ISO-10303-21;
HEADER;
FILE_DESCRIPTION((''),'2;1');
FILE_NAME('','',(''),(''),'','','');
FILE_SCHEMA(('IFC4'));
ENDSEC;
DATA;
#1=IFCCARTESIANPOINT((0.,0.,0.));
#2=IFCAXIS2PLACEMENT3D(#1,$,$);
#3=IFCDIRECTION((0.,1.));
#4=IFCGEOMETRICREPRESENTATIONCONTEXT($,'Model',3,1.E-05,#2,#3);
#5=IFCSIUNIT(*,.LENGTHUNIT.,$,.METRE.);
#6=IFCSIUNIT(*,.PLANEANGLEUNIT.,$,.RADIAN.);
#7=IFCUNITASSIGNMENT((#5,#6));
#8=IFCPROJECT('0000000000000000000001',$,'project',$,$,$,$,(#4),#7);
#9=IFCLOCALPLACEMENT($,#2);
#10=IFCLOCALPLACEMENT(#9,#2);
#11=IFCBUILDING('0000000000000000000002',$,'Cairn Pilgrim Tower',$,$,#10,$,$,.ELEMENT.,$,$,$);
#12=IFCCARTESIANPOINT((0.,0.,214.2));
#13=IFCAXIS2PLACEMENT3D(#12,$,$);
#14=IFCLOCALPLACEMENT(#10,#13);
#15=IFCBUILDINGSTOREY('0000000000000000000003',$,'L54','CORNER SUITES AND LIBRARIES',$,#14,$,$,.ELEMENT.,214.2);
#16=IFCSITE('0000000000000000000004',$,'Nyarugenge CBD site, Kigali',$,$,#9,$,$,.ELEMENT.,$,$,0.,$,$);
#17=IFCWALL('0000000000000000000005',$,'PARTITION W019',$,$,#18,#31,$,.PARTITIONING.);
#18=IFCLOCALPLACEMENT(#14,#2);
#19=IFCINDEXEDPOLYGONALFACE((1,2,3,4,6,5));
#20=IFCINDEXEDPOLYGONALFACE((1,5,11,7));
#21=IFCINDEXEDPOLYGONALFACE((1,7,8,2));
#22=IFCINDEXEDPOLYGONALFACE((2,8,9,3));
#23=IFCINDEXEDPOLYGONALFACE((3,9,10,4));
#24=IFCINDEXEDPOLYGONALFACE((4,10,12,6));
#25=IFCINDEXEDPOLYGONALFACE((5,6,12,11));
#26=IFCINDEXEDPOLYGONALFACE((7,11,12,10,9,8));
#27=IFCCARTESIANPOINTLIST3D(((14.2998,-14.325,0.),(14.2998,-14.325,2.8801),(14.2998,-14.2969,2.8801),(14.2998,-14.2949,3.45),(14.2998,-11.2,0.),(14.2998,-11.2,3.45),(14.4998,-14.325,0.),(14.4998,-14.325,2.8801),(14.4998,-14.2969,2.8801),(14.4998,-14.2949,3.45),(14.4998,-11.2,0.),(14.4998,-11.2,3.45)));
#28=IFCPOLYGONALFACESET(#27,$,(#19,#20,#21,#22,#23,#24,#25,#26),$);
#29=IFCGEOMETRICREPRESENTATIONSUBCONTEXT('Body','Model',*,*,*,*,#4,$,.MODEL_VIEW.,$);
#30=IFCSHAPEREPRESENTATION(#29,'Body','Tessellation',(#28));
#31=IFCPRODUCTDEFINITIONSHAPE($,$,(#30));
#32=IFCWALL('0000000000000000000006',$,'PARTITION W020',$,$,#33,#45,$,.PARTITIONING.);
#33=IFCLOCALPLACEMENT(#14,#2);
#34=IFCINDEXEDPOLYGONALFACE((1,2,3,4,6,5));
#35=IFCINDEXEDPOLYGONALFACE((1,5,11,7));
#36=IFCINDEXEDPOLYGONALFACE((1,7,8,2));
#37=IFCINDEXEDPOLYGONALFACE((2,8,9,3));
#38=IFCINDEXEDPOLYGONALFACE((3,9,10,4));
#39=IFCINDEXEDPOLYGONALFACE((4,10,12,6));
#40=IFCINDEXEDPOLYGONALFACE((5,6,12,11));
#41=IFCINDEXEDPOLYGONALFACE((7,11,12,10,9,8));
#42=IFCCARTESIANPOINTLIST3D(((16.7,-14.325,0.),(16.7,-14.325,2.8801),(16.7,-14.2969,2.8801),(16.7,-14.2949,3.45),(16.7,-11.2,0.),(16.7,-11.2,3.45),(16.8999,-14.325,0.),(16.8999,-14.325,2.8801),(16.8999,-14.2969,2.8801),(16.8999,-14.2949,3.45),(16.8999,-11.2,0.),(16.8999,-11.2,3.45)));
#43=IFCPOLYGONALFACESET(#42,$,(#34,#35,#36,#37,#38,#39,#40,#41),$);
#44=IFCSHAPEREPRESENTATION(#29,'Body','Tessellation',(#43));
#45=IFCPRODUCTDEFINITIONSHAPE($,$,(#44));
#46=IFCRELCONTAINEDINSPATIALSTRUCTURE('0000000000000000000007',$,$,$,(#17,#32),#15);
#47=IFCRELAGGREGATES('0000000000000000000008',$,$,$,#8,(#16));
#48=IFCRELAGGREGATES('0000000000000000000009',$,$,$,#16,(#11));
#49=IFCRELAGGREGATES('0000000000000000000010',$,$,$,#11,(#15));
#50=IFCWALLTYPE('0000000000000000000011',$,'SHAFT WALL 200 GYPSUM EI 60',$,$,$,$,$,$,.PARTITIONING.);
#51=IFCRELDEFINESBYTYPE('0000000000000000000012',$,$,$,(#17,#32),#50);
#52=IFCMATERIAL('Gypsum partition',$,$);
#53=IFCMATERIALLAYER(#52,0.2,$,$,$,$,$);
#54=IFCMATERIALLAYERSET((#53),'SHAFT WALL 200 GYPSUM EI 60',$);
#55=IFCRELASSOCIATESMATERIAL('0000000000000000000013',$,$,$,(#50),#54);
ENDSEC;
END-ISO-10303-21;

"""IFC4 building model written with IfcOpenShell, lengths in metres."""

from ifc_helpers import new_model, si_unit, direction, frame, origin, place, context, subcontext, project, spatial, polyline, outline, extrude, material, layer, layer_set, type_object, element, save


model = new_model("IFC4")

# Units and contexts
model_context = context("Model", 3, precision=1e-05, world=origin(), true_north=direction((0.0, 1.0)))
body_context = subcontext(model_context, "Body", "Model", "MODEL_VIEW")
ifc_project = project(units=[si_unit("LENGTHUNIT", "METRE"), si_unit("PLANEANGLEUNIT", "RADIAN")], contexts=[model_context])

# Site, building, storey
site_placement = place(None, origin())
site = spatial("IfcSite", under=ifc_project, at=site_placement, Name="Nyarugenge CBD site, Kigali", CompositionType="ELEMENT", RefElevation=0.0)
building_placement = place(site_placement, origin())
building = spatial("IfcBuilding", under=site, at=building_placement, Name="Cairn Pilgrim Tower", CompositionType="ELEMENT")
storey_placement = place(building_placement, frame((0.0, 0.0, 214.2)))
storey = spatial("IfcBuildingStorey", under=building, at=storey_placement, Name="L54", Description="CORNER SUITES AND LIBRARIES", CompositionType="ELEMENT", Elevation=214.2)

# Shared definitions
ifc_material_1 = material(Name="Gypsum partition")

# Walls
ifc_layer_1 = layer(ifc_material_1, 0.2)
ifc_layer_set_1 = layer_set([ifc_layer_1], Name="SHAFT WALL 200 GYPSUM EI 60")
wall_type_1 = type_object("IfcWallType", Name="SHAFT WALL 200 GYPSUM EI 60", PredefinedType="PARTITIONING", material=ifc_layer_set_1)
for number, where, z_axis, x_axis, name in (
    (1, (14.3999, -14.325, 0.0), (0.0, 0.0, 1.0), (0.0, 1.0, 0.0), "PARTITION W019"),
    (2, (16.8, -14.325, 0.0), (0.0, 0.0, 1.0), (0.0, 1.0, 0.0), "PARTITION W020"),
):
    element("IfcWall", number, at=place(storey_placement, frame(where, z_axis=z_axis, x_axis=x_axis)), inside=storey, type_object=wall_type_1, Name=name, PredefinedType="PARTITIONING", context=body_context, shape_type="SweptSolid", body=[
        extrude(outline(polyline([(0.0, 0.0), (3.125, 0.0), (3.125, 3.45), (0.03, 3.45), (0.0281, 2.8801), (0.0, 2.8801), (0.0, 0.0)])), frame((0.0, 0.1001, 0.0), z_axis=(0.0, -1.0, 0.0), x_axis=(1.0, 0.0, 0.0)), (0.0, 0.0, 1.0), 0.2),
    ])

save(model, "model.ifc")
